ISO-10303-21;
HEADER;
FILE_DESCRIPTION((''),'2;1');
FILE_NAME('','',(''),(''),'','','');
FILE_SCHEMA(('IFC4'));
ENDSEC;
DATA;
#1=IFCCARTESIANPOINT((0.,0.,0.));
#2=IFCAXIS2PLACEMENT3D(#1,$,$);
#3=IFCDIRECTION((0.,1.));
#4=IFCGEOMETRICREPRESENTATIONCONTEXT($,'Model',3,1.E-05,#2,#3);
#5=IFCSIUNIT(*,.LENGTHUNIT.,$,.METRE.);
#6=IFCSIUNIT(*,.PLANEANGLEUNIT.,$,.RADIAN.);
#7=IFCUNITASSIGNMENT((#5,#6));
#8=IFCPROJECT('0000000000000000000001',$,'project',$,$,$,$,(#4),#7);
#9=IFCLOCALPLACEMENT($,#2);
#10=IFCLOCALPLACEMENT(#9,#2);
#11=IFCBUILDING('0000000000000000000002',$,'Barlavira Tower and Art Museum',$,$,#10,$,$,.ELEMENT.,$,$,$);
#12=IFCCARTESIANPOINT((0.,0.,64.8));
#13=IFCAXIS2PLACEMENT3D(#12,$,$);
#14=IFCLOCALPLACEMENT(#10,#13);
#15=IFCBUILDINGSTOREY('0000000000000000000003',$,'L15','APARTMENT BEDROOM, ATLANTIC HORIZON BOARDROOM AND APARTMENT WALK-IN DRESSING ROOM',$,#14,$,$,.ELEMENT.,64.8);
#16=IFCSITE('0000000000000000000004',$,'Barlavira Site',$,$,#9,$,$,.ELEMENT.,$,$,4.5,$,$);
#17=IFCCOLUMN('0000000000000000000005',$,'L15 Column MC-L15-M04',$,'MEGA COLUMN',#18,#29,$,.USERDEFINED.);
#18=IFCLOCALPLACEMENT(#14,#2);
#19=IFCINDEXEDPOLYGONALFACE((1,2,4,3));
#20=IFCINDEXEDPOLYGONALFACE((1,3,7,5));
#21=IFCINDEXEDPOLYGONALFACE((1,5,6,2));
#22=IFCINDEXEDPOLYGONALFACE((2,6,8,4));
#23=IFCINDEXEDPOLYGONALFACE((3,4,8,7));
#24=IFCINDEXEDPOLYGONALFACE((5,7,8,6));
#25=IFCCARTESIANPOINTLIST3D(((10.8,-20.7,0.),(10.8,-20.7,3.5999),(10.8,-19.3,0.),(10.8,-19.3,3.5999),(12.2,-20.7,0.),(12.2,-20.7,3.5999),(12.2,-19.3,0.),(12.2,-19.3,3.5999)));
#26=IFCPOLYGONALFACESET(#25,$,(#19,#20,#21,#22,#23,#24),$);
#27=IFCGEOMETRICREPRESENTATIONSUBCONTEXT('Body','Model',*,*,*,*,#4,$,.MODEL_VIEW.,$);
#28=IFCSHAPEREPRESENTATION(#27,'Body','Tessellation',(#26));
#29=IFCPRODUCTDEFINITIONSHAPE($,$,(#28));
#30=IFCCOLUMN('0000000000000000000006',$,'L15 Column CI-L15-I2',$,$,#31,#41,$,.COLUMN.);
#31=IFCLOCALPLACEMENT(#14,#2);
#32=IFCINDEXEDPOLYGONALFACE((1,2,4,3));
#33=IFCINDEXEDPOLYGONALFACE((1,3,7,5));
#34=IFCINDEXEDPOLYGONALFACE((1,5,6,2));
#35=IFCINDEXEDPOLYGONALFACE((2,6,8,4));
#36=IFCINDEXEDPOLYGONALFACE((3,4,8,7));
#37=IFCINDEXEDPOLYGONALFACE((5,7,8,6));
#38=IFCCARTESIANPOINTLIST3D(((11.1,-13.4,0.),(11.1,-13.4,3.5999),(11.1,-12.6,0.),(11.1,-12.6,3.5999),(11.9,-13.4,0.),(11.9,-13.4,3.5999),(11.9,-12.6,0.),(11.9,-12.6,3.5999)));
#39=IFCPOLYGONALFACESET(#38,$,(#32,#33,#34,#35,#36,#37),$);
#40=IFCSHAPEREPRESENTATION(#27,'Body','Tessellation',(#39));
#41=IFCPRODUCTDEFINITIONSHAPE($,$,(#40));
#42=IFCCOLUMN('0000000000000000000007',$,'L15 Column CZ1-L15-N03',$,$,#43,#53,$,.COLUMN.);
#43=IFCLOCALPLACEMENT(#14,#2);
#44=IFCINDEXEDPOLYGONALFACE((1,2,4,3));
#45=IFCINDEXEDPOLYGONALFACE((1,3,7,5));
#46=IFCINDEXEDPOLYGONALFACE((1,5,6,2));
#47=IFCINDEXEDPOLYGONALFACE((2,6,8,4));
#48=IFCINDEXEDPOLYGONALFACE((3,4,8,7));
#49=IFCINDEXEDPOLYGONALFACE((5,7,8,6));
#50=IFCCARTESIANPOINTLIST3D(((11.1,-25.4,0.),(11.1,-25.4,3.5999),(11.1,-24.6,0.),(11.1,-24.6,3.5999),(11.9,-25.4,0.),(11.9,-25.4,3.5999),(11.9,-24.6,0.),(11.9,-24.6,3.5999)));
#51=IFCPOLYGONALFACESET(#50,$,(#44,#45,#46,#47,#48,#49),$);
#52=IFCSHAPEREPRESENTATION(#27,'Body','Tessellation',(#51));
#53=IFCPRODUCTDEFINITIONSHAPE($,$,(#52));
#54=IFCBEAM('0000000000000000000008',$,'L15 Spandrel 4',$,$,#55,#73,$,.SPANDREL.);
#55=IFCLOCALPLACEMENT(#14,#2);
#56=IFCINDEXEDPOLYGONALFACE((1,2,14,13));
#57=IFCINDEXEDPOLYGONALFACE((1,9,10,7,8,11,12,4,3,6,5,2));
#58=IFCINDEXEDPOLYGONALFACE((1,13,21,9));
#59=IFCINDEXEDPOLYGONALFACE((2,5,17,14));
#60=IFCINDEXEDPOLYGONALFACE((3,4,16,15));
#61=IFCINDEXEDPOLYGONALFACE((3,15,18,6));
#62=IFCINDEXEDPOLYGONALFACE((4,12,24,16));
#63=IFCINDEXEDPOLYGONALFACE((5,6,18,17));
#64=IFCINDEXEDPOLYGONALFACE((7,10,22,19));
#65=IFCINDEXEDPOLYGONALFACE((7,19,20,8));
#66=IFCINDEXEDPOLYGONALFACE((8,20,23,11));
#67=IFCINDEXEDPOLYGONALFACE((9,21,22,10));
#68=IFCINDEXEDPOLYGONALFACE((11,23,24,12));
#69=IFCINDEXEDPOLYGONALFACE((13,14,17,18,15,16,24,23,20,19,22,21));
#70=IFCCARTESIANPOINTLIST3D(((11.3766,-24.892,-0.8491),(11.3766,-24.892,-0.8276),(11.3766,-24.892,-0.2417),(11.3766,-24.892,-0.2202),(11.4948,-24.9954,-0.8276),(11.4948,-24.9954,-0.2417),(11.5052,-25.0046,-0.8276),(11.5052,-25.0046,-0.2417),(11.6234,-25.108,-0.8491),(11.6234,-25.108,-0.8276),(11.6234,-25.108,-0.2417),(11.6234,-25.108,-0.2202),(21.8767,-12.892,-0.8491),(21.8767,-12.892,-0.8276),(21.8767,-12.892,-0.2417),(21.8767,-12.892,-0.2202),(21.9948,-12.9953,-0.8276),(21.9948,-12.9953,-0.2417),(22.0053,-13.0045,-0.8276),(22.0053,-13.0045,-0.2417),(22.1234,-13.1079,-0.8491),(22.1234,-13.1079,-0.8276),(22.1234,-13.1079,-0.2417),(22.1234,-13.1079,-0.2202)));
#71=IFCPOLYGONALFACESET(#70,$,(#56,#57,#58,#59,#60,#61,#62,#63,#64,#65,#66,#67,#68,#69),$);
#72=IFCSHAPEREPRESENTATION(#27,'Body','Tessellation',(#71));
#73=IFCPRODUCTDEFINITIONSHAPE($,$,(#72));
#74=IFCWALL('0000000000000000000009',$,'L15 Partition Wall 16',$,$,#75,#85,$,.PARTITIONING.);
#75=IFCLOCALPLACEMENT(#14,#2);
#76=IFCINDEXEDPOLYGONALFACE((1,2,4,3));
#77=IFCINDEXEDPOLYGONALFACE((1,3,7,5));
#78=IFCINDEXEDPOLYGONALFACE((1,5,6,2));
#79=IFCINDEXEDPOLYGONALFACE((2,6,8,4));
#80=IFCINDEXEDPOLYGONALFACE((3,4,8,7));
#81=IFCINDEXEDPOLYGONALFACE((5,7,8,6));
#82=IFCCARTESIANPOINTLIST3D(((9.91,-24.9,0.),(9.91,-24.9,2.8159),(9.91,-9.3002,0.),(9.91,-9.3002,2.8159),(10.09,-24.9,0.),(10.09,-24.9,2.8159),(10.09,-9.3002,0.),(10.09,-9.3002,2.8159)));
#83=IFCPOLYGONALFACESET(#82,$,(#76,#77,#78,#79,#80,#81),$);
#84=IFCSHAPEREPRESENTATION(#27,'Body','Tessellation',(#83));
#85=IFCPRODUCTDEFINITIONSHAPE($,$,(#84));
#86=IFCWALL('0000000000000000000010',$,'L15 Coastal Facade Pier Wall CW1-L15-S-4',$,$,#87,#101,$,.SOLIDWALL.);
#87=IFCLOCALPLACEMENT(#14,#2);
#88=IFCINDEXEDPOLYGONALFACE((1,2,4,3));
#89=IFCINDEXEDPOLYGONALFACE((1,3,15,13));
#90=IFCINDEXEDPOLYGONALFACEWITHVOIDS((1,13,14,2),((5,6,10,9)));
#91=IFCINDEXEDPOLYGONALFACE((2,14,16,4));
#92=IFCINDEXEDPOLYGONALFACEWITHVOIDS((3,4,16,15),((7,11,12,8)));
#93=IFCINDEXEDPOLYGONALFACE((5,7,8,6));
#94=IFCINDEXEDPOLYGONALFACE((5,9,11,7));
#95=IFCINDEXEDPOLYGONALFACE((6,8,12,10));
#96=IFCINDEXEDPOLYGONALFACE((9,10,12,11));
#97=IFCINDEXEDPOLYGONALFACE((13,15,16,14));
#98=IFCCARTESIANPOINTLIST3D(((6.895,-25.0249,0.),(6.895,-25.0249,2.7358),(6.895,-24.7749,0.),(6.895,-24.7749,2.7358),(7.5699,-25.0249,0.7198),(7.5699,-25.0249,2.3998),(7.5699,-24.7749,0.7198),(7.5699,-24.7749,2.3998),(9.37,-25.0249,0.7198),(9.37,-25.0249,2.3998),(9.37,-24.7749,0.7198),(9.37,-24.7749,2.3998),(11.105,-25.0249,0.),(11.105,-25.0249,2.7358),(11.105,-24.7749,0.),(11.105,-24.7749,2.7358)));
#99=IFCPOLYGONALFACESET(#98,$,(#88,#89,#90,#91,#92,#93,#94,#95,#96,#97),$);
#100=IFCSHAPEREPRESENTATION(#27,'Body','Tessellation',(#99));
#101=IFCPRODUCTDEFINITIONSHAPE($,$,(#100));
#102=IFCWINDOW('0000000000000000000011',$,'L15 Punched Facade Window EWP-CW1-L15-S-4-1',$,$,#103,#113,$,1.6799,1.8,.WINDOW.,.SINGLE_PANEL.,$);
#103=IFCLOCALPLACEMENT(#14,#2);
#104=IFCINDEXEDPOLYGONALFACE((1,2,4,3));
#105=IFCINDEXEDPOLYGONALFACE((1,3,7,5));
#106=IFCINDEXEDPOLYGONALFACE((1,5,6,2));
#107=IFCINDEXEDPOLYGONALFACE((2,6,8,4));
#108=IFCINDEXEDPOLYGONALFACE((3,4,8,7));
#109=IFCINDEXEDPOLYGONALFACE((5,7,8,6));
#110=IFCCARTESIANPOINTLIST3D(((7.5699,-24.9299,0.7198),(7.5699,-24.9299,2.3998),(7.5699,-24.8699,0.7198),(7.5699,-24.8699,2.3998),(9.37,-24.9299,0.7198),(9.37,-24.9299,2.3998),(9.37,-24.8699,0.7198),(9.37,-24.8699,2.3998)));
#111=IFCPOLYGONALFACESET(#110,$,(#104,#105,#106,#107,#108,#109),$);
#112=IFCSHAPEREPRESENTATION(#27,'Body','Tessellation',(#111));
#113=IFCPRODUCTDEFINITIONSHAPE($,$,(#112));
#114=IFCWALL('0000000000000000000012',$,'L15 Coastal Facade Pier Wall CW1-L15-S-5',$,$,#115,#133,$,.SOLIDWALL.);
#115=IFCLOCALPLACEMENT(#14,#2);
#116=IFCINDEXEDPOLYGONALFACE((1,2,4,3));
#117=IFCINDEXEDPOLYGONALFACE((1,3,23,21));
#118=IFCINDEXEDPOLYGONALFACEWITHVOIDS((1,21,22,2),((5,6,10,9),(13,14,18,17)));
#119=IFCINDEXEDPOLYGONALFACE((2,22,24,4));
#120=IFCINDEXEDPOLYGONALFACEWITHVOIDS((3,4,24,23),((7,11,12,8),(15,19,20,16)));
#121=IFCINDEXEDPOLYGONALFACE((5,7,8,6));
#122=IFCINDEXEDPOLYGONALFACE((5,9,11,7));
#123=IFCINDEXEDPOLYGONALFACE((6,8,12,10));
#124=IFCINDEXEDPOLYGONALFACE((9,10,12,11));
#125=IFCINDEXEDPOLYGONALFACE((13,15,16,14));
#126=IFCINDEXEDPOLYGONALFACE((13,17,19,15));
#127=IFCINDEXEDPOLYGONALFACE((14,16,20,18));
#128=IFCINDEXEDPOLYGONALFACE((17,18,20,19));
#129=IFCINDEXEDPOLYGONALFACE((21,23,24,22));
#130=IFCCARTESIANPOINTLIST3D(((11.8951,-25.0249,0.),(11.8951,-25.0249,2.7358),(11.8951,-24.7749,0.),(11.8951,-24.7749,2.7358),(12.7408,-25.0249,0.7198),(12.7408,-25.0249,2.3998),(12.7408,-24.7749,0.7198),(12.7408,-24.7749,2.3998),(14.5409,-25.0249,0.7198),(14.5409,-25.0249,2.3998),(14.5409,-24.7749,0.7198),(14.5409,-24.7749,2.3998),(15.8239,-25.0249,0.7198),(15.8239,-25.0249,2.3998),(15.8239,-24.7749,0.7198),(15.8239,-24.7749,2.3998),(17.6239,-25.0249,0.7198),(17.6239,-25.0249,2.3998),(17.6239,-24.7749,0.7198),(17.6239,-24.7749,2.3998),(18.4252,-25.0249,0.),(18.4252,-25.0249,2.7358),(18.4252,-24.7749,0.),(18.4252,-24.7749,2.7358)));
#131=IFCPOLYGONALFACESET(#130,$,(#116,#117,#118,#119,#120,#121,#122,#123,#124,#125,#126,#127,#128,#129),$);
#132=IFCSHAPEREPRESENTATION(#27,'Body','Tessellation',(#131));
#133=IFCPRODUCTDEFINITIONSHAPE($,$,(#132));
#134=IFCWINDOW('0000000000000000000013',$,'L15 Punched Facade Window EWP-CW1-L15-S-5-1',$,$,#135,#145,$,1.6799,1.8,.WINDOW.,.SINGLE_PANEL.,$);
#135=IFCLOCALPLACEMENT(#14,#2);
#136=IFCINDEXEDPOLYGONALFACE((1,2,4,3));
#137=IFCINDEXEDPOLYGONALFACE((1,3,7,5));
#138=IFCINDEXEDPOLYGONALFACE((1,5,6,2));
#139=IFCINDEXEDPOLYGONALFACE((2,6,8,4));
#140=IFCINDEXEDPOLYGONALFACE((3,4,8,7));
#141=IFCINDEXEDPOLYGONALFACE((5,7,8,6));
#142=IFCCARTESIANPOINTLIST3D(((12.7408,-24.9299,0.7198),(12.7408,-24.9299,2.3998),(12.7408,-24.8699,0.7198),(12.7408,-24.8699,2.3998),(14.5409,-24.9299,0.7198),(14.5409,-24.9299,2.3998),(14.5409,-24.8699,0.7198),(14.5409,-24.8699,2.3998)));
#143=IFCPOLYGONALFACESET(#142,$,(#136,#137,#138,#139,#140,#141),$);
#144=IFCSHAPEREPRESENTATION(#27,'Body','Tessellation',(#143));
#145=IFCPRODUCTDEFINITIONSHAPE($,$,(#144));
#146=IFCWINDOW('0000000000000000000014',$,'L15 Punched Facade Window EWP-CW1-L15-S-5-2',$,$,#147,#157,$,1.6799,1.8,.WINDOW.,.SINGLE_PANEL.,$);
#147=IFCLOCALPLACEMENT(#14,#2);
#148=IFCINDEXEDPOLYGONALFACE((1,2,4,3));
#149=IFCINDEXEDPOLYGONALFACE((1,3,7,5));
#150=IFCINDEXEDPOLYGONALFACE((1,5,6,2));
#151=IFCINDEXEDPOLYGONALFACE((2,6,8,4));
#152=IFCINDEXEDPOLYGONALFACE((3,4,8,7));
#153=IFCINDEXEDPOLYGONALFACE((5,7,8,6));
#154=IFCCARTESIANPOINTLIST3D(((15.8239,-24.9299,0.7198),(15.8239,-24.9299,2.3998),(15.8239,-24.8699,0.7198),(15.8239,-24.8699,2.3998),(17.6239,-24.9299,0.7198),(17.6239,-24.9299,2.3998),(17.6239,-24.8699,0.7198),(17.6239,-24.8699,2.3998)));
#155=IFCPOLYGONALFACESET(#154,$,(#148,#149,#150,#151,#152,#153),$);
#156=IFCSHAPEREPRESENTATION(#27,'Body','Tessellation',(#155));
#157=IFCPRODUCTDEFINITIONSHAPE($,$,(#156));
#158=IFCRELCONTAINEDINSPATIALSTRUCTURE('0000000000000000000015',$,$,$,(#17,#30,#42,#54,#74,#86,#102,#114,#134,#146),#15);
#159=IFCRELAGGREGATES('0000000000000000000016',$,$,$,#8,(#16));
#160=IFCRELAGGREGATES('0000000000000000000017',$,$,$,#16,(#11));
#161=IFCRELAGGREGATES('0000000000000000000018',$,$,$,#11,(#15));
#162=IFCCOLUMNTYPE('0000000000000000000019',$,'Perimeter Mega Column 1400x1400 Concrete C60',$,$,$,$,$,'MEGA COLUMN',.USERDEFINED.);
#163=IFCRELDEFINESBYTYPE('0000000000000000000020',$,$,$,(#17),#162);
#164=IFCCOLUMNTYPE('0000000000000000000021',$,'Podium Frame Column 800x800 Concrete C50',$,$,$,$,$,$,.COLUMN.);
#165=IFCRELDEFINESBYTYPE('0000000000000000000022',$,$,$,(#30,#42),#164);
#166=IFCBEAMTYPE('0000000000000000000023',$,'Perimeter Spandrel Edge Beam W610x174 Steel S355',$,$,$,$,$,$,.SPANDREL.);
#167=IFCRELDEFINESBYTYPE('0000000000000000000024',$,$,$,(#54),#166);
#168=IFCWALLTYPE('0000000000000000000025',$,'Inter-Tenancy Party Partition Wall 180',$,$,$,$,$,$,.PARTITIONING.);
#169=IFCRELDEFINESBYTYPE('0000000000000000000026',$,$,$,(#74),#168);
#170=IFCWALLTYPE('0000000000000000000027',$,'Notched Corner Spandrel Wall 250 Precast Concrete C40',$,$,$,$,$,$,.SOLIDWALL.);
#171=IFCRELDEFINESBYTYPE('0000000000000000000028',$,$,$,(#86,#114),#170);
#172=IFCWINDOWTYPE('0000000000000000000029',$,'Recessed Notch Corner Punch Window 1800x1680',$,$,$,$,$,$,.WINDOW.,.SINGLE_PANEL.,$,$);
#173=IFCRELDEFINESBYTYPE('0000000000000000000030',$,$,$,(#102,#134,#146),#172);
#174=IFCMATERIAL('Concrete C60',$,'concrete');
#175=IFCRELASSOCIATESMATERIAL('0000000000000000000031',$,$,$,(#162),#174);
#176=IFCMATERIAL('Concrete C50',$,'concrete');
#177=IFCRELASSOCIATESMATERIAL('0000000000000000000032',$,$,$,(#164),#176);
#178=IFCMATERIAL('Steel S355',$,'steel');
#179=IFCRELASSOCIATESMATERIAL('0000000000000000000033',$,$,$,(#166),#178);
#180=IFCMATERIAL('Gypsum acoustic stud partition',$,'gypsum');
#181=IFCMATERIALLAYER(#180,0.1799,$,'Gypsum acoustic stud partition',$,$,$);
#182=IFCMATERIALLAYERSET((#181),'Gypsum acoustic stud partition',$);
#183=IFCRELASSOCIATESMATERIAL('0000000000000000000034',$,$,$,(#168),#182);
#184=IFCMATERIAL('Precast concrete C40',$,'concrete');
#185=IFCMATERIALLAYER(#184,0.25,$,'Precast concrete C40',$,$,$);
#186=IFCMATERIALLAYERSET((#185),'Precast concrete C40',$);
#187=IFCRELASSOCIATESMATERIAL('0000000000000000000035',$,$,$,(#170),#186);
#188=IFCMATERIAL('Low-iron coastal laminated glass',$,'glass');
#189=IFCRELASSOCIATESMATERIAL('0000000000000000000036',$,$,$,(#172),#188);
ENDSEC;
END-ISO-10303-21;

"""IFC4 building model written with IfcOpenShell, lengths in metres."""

from ifc_helpers import new_model, si_unit, direction, frame, frame_2d, origin, origin_2d, place, context, subcontext, project, spatial, rectangle, i_section, extrude, material, layer, layer_set, material_profile, profile_set, type_object, element, fill, save


model = new_model("IFC4")

# Units and contexts
model_context = context("Model", 3, precision=1e-05, world=origin(), true_north=direction((0.0, 1.0)))
body_context = subcontext(model_context, "Body", "Model", "MODEL_VIEW")
ifc_project = project(units=[si_unit("LENGTHUNIT", "METRE"), si_unit("PLANEANGLEUNIT", "RADIAN")], contexts=[model_context])

# Site, building, storey
site_placement = place(None, origin())
site = spatial("IfcSite", under=ifc_project, at=site_placement, Name="Barlavira Site", CompositionType="ELEMENT", RefElevation=4.5)
building_placement = place(site_placement, origin())
building = spatial("IfcBuilding", under=site, at=building_placement, Name="Barlavira Tower and Art Museum", CompositionType="ELEMENT")
storey_placement = place(building_placement, frame((0.0, 0.0, 64.8)))
storey = spatial("IfcBuildingStorey", under=building, at=storey_placement, Name="L15", Description="APARTMENT BEDROOM, ATLANTIC HORIZON BOARDROOM AND APARTMENT WALK-IN DRESSING ROOM", CompositionType="ELEMENT", Elevation=64.8)

# Columns
ifc_material_1 = material(Name="Concrete C60", Category="concrete")
ifc_material_profile_1 = material_profile(ifc_material_1, rectangle(XDim=1.3999, YDim=1.3999, at=origin_2d()), Name="RC-MCOL 1400x1400")
ifc_profile_set_1 = profile_set([ifc_material_profile_1], Name="Concrete C60")
column_type_1 = type_object("IfcColumnType", Name="Perimeter Mega Column 1400x1400 Concrete C60", ElementType="MEGA COLUMN", PredefinedType="USERDEFINED", material=ifc_profile_set_1)
column_placement = place(storey_placement, frame((11.5, -20.0, 0.0), z_axis=(0.0, 0.0, 1.0), x_axis=(1.0, 0.0, 0.0)))
element("IfcColumn", 1, at=column_placement, inside=storey, type_object=column_type_1, Name="L15 Column MC-L15-M04", ObjectType="MEGA COLUMN", PredefinedType="USERDEFINED", context=body_context, shape_type="SweptSolid", body=[
    extrude(rectangle(XDim=1.3999, YDim=1.3999, at=origin_2d()), origin(), (0.0, 0.0, 1.0), 3.5999),
])
ifc_material_2 = material(Name="Concrete C50", Category="concrete")
ifc_material_profile_2 = material_profile(ifc_material_2, rectangle(XDim=0.8, YDim=0.8, at=origin_2d()), Name="RC-COL 800x800")
ifc_profile_set_2 = profile_set([ifc_material_profile_2], Name="Concrete C50")
column_type_2 = type_object("IfcColumnType", Name="Podium Frame Column 800x800 Concrete C50", PredefinedType="COLUMN", material=ifc_profile_set_2)
for number, where, z_axis, x_axis, name in (
    (2, (11.5, -13.0, 0.0), (0.0, 0.0, 1.0), (1.0, 0.0, 0.0), "L15 Column CI-L15-I2"),
    (3, (11.5, -25.0, 0.0), (0.0, 0.0, 1.0), (1.0, 0.0, 0.0), "L15 Column CZ1-L15-N03"),
):
    element("IfcColumn", number, at=place(storey_placement, frame(where, z_axis=z_axis, x_axis=x_axis)), inside=storey, type_object=column_type_2, Name=name, PredefinedType="COLUMN", context=body_context, shape_type="SweptSolid", body=[
        extrude(rectangle(XDim=0.8, YDim=0.8, at=origin_2d()), origin(), (0.0, 0.0, 1.0), 3.5999),
    ])

# Beam
ifc_material_3 = material(Name="Steel S355", Category="steel")
ifc_material_profile_3 = material_profile(ifc_material_3, i_section(OverallWidth=0.3279, OverallDepth=0.6289, WebThickness=0.0139, FlangeThickness=0.0215, at=origin_2d()), Name="W610x174.0")
ifc_profile_set_3 = profile_set([ifc_material_profile_3], Name="Steel S355")
beam_type = type_object("IfcBeamType", Name="Perimeter Spandrel Edge Beam W610x174 Steel S355", PredefinedType="SPANDREL", material=ifc_profile_set_3)
beam_placement = place(storey_placement, frame((11.5, -25.0, -0.5347), z_axis=(0.658505, 0.752577, 0.0), x_axis=(-0.752577, 0.658505, 0.0)))
element("IfcBeam", 4, at=beam_placement, inside=storey, type_object=beam_type, Name="L15 Spandrel 4", PredefinedType="SPANDREL", context=body_context, shape_type="SweptSolid", body=[
    extrude(i_section(OverallWidth=0.3279, OverallDepth=0.6289, WebThickness=0.0139, FlangeThickness=0.0215, at=origin_2d()), origin(), (0.0, 0.0, 1.0), 15.9453),
])

# Wall
ifc_material_4 = material(Name="Gypsum acoustic stud partition", Category="gypsum")
ifc_layer_1 = layer(ifc_material_4, 0.1799, Name="Gypsum acoustic stud partition")
ifc_layer_set_1 = layer_set([ifc_layer_1], Name="Gypsum acoustic stud partition")
wall_type_1 = type_object("IfcWallType", Name="Inter-Tenancy Party Partition Wall 180", PredefinedType="PARTITIONING", material=ifc_layer_set_1)
wall_1_placement = place(storey_placement, frame((10.0, -24.8999, 0.0), z_axis=(0.0, 0.0, 1.0), x_axis=(0.0, 1.0, 0.0)))
element("IfcWall", 5, at=wall_1_placement, inside=storey, type_object=wall_type_1, Name="L15 Partition Wall 16", PredefinedType="PARTITIONING", context=body_context, shape_type="SweptSolid", body=[
    extrude(rectangle(XDim=15.5999, YDim=0.1799, at=frame_2d((7.7998, 0.0))), origin(), (0.0, 0.0, 1.0), 2.8159),
])

# Wall, opening, window
ifc_material_5 = material(Name="Precast concrete C40", Category="concrete")
ifc_layer_2 = layer(ifc_material_5, 0.25, Name="Precast concrete C40")
ifc_layer_set_2 = layer_set([ifc_layer_2], Name="Precast concrete C40")
wall_type_2 = type_object("IfcWallType", Name="Notched Corner Spandrel Wall 250 Precast Concrete C40", PredefinedType="SOLIDWALL", material=ifc_layer_set_2)
wall_2_placement = place(storey_placement, frame((6.895, -24.8999, 0.0), z_axis=(0.0, 0.0, 1.0), x_axis=(1.0, 0.0, 0.0)))
wall_2 = element("IfcWall", 6, at=wall_2_placement, inside=storey, type_object=wall_type_2, Name="L15 Coastal Facade Pier Wall CW1-L15-S-4", PredefinedType="SOLIDWALL", context=body_context, shape_type="SweptSolid", body=[
    extrude(rectangle(XDim=4.21, YDim=0.25, at=frame_2d((2.105, 0.0))), origin(), (0.0, 0.0, 1.0), 2.7358),
])
opening_1_placement = place(wall_2_placement, frame((0.675, 0.0, 0.72)))
opening_1 = element("IfcOpeningElement", 7, at=opening_1_placement, cuts=wall_2, PredefinedType="OPENING", context=body_context, shape_type="SweptSolid", body=[
    extrude(rectangle(XDim=1.8, YDim=1.6799, at=frame_2d((0.8999, 0.8398))), frame((0.0, 0.135, 0.0), z_axis=(0.0, -1.0, 0.0), x_axis=(1.0, 0.0, 0.0)), (0.0, 0.0, 1.0), 0.27),
])
ifc_material_6 = material(Name="Low-iron coastal laminated glass", Category="glass")
window_type = type_object("IfcWindowType", Name="Recessed Notch Corner Punch Window 1800x1680", PartitioningType="SINGLE_PANEL", PredefinedType="WINDOW", material=ifc_material_6)
window_1_placement = place(opening_1_placement, origin())
window_1 = element("IfcWindow", 8, at=window_1_placement, inside=storey, type_object=window_type, Name="L15 Punched Facade Window EWP-CW1-L15-S-4-1", OverallHeight=1.6799, OverallWidth=1.8, PartitioningType="SINGLE_PANEL", PredefinedType="WINDOW", context=body_context, shape_type="SweptSolid", body=[
    extrude(rectangle(XDim=1.8, YDim=1.6799, at=frame_2d((0.8999, 0.8398))), frame((0.0, 0.03, 0.0), z_axis=(0.0, -1.0, 0.0), x_axis=(1.0, 0.0, 0.0)), (0.0, 0.0, 1.0), 0.0601),
])
fill(opening_1, window_1)

# Wall, openings, windows
wall_3_placement = place(storey_placement, frame((11.895, -24.8999, 0.0), z_axis=(0.0, 0.0, 1.0), x_axis=(1.0, 0.0, 0.0)))
wall_3 = element("IfcWall", 9, at=wall_3_placement, inside=storey, type_object=wall_type_2, Name="L15 Coastal Facade Pier Wall CW1-L15-S-5", PredefinedType="SOLIDWALL", context=body_context, shape_type="SweptSolid", body=[
    extrude(rectangle(XDim=6.53, YDim=0.25, at=frame_2d((3.2651, 0.0))), origin(), (0.0, 0.0, 1.0), 2.7358),
])
opening_2_placement = place(wall_3_placement, frame((0.8459, 0.0, 0.72)))
opening_2 = element("IfcOpeningElement", 10, at=opening_2_placement, cuts=wall_3, PredefinedType="OPENING", context=body_context, shape_type="SweptSolid", body=[
    extrude(rectangle(XDim=1.8, YDim=1.6799, at=frame_2d((0.8999, 0.8398))), frame((0.0, 0.135, 0.0), z_axis=(0.0, -1.0, 0.0), x_axis=(1.0, 0.0, 0.0)), (0.0, 0.0, 1.0), 0.27),
])
opening_3_placement = place(wall_3_placement, frame((3.929, 0.0, 0.72)))
opening_3 = element("IfcOpeningElement", 11, at=opening_3_placement, cuts=wall_3, PredefinedType="OPENING", context=body_context, shape_type="SweptSolid", body=[
    extrude(rectangle(XDim=1.8, YDim=1.6799, at=frame_2d((0.8999, 0.8398))), frame((0.0, 0.135, 0.0), z_axis=(0.0, -1.0, 0.0), x_axis=(1.0, 0.0, 0.0)), (0.0, 0.0, 1.0), 0.27),
])
window_2_placement = place(opening_2_placement, origin())
window_2 = element("IfcWindow", 12, at=window_2_placement, inside=storey, type_object=window_type, Name="L15 Punched Facade Window EWP-CW1-L15-S-5-1", OverallHeight=1.6799, OverallWidth=1.8, PartitioningType="SINGLE_PANEL", PredefinedType="WINDOW", context=body_context, shape_type="SweptSolid", body=[
    extrude(rectangle(XDim=1.8, YDim=1.6799, at=frame_2d((0.8999, 0.8398))), frame((0.0, 0.03, 0.0), z_axis=(0.0, -1.0, 0.0), x_axis=(1.0, 0.0, 0.0)), (0.0, 0.0, 1.0), 0.0601),
])
fill(opening_2, window_2)
window_3_placement = place(opening_3_placement, origin())
window_3 = element("IfcWindow", 13, at=window_3_placement, inside=storey, type_object=window_type, Name="L15 Punched Facade Window EWP-CW1-L15-S-5-2", OverallHeight=1.6799, OverallWidth=1.8, PartitioningType="SINGLE_PANEL", PredefinedType="WINDOW", context=body_context, shape_type="SweptSolid", body=[
    extrude(rectangle(XDim=1.8, YDim=1.6799, at=frame_2d((0.8999, 0.8398))), frame((0.0, 0.03, 0.0), z_axis=(0.0, -1.0, 0.0), x_axis=(1.0, 0.0, 0.0)), (0.0, 0.0, 1.0), 0.0601),
])
fill(opening_3, window_3)

save(model, "model.ifc")
